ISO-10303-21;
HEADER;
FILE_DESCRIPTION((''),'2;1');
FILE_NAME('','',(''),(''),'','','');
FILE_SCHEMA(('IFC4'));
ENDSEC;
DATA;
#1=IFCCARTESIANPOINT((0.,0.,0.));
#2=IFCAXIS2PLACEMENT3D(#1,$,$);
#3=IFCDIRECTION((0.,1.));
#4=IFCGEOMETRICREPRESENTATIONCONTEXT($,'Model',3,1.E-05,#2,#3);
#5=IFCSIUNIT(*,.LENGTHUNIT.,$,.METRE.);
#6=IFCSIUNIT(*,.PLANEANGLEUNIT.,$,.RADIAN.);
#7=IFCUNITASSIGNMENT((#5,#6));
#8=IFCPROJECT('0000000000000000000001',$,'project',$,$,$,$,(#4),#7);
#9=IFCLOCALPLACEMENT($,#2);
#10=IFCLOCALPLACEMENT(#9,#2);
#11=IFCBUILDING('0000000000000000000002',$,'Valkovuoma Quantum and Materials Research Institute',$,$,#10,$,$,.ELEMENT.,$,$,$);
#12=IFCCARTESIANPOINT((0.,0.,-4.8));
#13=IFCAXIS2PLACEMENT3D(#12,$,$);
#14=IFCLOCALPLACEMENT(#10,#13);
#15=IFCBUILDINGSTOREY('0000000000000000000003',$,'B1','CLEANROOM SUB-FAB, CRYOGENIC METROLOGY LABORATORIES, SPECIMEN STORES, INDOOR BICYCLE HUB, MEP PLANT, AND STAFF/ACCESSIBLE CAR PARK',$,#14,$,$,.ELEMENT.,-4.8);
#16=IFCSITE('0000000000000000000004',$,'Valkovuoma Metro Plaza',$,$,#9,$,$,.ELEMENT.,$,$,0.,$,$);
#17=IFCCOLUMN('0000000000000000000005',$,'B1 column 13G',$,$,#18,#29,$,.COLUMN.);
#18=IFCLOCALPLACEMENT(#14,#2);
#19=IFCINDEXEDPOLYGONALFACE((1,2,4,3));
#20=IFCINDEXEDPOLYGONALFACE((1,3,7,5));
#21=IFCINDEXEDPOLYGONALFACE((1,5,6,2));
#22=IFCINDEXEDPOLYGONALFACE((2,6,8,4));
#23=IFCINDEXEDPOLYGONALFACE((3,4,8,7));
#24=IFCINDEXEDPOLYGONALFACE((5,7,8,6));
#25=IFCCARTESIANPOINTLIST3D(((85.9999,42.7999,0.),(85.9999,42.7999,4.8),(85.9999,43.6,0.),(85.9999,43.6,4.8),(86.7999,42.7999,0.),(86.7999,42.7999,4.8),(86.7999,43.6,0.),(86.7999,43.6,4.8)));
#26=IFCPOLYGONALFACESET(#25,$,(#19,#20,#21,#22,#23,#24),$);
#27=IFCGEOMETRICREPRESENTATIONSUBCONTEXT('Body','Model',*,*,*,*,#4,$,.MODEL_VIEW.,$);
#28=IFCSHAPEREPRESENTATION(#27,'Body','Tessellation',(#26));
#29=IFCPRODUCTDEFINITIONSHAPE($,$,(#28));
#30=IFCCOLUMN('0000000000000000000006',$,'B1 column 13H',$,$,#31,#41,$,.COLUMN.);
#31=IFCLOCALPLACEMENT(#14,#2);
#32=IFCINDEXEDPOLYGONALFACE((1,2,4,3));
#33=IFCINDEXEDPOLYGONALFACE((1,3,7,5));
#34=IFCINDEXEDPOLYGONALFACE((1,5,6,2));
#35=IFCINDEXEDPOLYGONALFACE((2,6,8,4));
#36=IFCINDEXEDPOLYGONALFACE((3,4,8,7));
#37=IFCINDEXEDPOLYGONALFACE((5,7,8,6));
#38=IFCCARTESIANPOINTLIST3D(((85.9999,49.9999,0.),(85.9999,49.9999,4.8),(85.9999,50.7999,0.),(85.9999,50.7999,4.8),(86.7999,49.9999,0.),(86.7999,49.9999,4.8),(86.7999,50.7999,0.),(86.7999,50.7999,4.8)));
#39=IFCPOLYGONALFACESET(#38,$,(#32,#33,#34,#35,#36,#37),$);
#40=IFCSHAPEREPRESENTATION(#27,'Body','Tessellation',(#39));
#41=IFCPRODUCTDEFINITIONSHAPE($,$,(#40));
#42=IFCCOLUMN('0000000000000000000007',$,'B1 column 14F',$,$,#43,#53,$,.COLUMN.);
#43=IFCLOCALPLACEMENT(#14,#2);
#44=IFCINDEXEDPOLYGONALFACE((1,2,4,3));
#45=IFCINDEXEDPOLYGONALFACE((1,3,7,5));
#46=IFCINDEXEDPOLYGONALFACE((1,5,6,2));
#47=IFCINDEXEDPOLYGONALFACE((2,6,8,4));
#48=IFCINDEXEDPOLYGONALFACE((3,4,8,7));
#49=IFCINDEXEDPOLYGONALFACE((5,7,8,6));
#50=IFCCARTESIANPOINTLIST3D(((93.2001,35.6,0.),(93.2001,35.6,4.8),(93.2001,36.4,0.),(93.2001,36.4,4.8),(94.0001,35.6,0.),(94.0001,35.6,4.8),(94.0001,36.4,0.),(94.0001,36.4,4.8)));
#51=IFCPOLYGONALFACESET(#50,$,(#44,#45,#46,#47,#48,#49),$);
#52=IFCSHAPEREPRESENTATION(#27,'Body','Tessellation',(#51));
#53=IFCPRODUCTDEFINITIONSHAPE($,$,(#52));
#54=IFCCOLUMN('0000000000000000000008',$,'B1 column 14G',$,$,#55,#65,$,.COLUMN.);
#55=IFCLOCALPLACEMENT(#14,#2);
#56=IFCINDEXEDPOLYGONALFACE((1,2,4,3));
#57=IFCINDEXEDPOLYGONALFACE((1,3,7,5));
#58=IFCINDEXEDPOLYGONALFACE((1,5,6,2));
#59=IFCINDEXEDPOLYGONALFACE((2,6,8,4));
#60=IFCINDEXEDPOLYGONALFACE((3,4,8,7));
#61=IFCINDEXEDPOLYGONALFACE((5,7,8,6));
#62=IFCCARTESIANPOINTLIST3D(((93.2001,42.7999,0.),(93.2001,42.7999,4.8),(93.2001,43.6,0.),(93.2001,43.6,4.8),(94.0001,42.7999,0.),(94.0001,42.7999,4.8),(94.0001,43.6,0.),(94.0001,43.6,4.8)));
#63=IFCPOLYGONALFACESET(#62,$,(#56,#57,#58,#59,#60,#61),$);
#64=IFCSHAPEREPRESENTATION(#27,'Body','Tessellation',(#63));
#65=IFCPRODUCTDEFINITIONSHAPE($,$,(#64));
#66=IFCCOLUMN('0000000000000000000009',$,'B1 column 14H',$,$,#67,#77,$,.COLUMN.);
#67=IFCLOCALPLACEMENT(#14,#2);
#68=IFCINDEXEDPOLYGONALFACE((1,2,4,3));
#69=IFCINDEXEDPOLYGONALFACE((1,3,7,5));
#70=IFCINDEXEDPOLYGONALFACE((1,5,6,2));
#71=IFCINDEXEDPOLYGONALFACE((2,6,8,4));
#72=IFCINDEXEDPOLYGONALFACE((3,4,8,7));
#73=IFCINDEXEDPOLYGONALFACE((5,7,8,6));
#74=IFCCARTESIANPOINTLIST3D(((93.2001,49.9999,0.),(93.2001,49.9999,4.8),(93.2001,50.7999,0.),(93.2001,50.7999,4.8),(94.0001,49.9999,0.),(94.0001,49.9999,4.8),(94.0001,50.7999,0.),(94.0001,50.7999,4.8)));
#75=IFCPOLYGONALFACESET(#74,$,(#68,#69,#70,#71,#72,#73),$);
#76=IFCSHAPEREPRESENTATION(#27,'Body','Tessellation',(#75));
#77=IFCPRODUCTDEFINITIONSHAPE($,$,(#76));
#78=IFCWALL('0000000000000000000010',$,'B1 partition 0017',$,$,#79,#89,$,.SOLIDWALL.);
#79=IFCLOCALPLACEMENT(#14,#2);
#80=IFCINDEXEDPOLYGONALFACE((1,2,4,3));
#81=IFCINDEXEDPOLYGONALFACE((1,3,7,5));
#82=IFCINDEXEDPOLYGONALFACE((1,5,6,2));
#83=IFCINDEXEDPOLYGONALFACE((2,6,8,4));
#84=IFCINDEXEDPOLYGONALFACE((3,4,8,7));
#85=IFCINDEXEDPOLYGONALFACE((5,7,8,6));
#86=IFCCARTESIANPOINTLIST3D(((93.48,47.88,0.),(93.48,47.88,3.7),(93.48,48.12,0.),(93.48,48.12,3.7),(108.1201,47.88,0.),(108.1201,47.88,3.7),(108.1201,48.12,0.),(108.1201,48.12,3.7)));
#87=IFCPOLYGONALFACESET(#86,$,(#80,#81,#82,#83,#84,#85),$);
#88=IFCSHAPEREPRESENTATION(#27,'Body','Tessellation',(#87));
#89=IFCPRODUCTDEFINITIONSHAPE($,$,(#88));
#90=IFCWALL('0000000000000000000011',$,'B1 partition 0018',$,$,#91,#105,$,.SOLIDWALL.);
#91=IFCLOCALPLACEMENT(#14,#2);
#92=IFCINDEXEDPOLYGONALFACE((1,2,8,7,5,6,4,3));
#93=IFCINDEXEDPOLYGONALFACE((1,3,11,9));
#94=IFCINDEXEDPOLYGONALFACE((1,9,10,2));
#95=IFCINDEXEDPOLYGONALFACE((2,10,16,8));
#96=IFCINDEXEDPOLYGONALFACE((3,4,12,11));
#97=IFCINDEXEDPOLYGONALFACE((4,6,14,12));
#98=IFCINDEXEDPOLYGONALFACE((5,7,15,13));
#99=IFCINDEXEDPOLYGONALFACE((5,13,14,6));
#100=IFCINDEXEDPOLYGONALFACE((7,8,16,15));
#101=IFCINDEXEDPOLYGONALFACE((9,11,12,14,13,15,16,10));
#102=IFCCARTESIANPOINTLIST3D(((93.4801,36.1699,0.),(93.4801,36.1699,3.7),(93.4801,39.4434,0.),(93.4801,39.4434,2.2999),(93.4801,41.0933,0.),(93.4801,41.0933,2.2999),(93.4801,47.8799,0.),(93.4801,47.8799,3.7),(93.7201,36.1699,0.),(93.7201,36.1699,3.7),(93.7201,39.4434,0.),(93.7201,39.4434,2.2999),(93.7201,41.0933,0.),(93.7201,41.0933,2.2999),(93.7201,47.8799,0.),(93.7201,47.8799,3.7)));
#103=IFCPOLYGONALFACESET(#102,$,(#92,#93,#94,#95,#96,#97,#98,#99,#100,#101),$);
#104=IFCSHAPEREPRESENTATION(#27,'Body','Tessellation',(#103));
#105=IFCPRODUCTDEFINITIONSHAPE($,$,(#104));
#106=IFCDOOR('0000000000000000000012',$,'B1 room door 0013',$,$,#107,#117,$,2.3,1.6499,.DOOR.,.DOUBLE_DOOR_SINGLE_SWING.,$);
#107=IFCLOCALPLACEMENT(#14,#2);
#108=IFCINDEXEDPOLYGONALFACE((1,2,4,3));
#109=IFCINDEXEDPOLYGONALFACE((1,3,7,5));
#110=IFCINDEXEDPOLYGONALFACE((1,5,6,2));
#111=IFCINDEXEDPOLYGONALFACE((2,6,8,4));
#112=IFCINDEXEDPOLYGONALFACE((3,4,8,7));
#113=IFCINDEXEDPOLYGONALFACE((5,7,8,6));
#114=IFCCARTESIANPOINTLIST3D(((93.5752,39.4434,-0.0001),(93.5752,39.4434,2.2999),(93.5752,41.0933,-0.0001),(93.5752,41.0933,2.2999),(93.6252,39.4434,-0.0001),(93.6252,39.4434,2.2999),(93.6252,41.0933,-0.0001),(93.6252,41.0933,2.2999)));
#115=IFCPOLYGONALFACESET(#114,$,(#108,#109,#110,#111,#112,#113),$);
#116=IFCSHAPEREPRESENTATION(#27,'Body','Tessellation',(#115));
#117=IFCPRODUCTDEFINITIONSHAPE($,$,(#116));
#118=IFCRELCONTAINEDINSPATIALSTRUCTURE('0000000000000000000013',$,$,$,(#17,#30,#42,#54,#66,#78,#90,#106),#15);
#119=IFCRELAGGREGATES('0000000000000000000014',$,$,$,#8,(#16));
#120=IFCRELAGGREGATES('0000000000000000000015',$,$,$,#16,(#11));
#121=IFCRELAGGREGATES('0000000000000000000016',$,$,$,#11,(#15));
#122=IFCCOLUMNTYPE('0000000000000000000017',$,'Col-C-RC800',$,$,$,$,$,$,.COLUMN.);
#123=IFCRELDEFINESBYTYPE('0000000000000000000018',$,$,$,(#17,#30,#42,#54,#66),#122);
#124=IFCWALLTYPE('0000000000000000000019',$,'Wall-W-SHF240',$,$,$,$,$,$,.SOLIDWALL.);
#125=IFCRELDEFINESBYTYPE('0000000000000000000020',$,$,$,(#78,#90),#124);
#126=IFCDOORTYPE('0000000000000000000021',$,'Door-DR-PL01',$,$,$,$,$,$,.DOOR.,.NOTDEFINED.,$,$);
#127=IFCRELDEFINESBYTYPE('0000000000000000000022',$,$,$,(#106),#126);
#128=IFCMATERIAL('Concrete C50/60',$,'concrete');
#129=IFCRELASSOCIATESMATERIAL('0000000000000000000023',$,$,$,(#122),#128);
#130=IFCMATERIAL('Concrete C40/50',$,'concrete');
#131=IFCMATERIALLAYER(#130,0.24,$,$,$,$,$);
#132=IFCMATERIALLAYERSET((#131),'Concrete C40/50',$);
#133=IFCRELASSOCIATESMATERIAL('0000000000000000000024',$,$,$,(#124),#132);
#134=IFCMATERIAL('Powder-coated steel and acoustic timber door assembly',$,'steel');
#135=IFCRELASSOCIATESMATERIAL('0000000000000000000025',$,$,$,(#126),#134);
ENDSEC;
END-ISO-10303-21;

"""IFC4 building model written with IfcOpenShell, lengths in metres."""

from ifc_helpers import new_model, si_unit, direction, frame, frame_2d, origin, origin_2d, place, context, subcontext, project, spatial, rectangle, extrude, material, layer, layer_set, material_profile, profile_set, type_object, element, fill, save


model = new_model("IFC4")

# Units and contexts
model_context = context("Model", 3, precision=1e-05, world=origin(), true_north=direction((0.0, 1.0)))
body_context = subcontext(model_context, "Body", "Model", "MODEL_VIEW")
ifc_project = project(units=[si_unit("LENGTHUNIT", "METRE"), si_unit("PLANEANGLEUNIT", "RADIAN")], contexts=[model_context])

# Site, building, storey
site_placement = place(None, origin())
site = spatial("IfcSite", under=ifc_project, at=site_placement, Name="Valkovuoma Metro Plaza", CompositionType="ELEMENT", RefElevation=0.0)
building_placement = place(site_placement, origin())
building = spatial("IfcBuilding", under=site, at=building_placement, Name="Valkovuoma Quantum and Materials Research Institute", CompositionType="ELEMENT")
storey_placement = place(building_placement, frame((0.0, 0.0, -4.8)))
storey = spatial("IfcBuildingStorey", under=building, at=storey_placement, Name="B1", Description="CLEANROOM SUB-FAB, CRYOGENIC METROLOGY LABORATORIES, SPECIMEN STORES, INDOOR BICYCLE HUB, MEP PLANT, AND STAFF/ACCESSIBLE CAR PARK", CompositionType="ELEMENT", Elevation=-4.8)

# Columns
ifc_material_1 = material(Name="Concrete C50/60", Category="concrete")
ifc_material_profile_1 = material_profile(ifc_material_1, rectangle(XDim=0.8, YDim=0.8, at=origin_2d()), Name="Concrete C50/60")
ifc_profile_set_1 = profile_set([ifc_material_profile_1], Name="Concrete C50/60")
column_type = type_object("IfcColumnType", Name="Col-C-RC800", PredefinedType="COLUMN", material=ifc_profile_set_1)
for number, where, z_axis, x_axis, name in (
    (1, (86.3999, 43.2, 0.0), (0.0, 0.0, 1.0), (1.0, 0.0, 0.0), "B1 column 13G"),
    (2, (86.3999, 50.3999, 0.0), (0.0, 0.0, 1.0), (1.0, 0.0, 0.0), "B1 column 13H"),
    (3, (93.6001, 36.0, 0.0), (0.0, 0.0, 1.0), (1.0, 0.0, 0.0), "B1 column 14F"),
    (4, (93.6001, 43.2, 0.0), (0.0, 0.0, 1.0), (1.0, 0.0, 0.0), "B1 column 14G"),
    (5, (93.6001, 50.3999, 0.0), (0.0, 0.0, 1.0), (1.0, 0.0, 0.0), "B1 column 14H"),
):
    element("IfcColumn", number, at=place(storey_placement, frame(where, z_axis=z_axis, x_axis=x_axis)), inside=storey, type_object=column_type, Name=name, PredefinedType="COLUMN", context=body_context, shape_type="SweptSolid", body=[
        extrude(rectangle(XDim=0.8, YDim=0.8, at=origin_2d()), origin(), (0.0, 0.0, 1.0), 4.8),
    ])

# Wall
ifc_material_2 = material(Name="Concrete C40/50", Category="concrete")
ifc_layer = layer(ifc_material_2, 0.24)
ifc_layer_set = layer_set([ifc_layer], Name="Concrete C40/50")
wall_type = type_object("IfcWallType", Name="Wall-W-SHF240", PredefinedType="SOLIDWALL", material=ifc_layer_set)
wall_1_placement = place(storey_placement, frame((93.48, 48.0, 0.0), z_axis=(0.0, 0.0, 1.0), x_axis=(1.0, 0.0, 0.0)))
element("IfcWall", 6, at=wall_1_placement, inside=storey, type_object=wall_type, Name="B1 partition 0017", PredefinedType="SOLIDWALL", context=body_context, shape_type="SweptSolid", body=[
    extrude(rectangle(XDim=14.6401, YDim=0.24, at=frame_2d((7.3201, 0.0))), origin(), (0.0, 0.0, 1.0), 3.7),
])

# Wall, opening, door
wall_2_placement = place(storey_placement, frame((93.6001, 36.1699, 0.0), z_axis=(0.0, 0.0, 1.0), x_axis=(0.0, 1.0, 0.0)))
wall_2 = element("IfcWall", 7, at=wall_2_placement, inside=storey, type_object=wall_type, Name="B1 partition 0018", PredefinedType="SOLIDWALL", context=body_context, shape_type="SweptSolid", body=[
    extrude(rectangle(XDim=11.71, YDim=0.24, at=frame_2d((5.855, 0.0))), origin(), (0.0, 0.0, 1.0), 3.7),
])
opening_placement = place(wall_2_placement, frame((3.2734, 0.0, 0.0)))
opening = element("IfcOpeningElement", 8, at=opening_placement, cuts=wall_2, PredefinedType="OPENING", context=body_context, shape_type="SweptSolid", body=[
    extrude(rectangle(XDim=1.6499, YDim=2.3, at=frame_2d((0.825, 1.1499))), frame((0.0, 0.1299, 0.0), z_axis=(0.0, -1.0, 0.0), x_axis=(1.0, 0.0, 0.0)), (0.0, 0.0, 1.0), 0.26),
])
ifc_material_3 = material(Name="Powder-coated steel and acoustic timber door assembly", Category="steel")
door_type = type_object("IfcDoorType", Name="Door-DR-PL01", OperationType="NOTDEFINED", PredefinedType="DOOR", material=ifc_material_3)
door_placement = place(opening_placement, origin())
door = element("IfcDoor", 9, at=door_placement, inside=storey, type_object=door_type, Name="B1 room door 0013", OperationType="DOUBLE_DOOR_SINGLE_SWING", OverallHeight=2.3, OverallWidth=1.6499, PredefinedType="DOOR", context=body_context, shape_type="SweptSolid", body=[
    extrude(rectangle(XDim=1.6499, YDim=2.3, at=frame_2d((0.825, 1.1499))), frame((0.0, 0.0249, 0.0), z_axis=(0.0, -1.0, 0.0), x_axis=(1.0, 0.0, 0.0)), (0.0, 0.0, 1.0), 0.05),
])
fill(opening, door)

save(model, "model.ifc")
